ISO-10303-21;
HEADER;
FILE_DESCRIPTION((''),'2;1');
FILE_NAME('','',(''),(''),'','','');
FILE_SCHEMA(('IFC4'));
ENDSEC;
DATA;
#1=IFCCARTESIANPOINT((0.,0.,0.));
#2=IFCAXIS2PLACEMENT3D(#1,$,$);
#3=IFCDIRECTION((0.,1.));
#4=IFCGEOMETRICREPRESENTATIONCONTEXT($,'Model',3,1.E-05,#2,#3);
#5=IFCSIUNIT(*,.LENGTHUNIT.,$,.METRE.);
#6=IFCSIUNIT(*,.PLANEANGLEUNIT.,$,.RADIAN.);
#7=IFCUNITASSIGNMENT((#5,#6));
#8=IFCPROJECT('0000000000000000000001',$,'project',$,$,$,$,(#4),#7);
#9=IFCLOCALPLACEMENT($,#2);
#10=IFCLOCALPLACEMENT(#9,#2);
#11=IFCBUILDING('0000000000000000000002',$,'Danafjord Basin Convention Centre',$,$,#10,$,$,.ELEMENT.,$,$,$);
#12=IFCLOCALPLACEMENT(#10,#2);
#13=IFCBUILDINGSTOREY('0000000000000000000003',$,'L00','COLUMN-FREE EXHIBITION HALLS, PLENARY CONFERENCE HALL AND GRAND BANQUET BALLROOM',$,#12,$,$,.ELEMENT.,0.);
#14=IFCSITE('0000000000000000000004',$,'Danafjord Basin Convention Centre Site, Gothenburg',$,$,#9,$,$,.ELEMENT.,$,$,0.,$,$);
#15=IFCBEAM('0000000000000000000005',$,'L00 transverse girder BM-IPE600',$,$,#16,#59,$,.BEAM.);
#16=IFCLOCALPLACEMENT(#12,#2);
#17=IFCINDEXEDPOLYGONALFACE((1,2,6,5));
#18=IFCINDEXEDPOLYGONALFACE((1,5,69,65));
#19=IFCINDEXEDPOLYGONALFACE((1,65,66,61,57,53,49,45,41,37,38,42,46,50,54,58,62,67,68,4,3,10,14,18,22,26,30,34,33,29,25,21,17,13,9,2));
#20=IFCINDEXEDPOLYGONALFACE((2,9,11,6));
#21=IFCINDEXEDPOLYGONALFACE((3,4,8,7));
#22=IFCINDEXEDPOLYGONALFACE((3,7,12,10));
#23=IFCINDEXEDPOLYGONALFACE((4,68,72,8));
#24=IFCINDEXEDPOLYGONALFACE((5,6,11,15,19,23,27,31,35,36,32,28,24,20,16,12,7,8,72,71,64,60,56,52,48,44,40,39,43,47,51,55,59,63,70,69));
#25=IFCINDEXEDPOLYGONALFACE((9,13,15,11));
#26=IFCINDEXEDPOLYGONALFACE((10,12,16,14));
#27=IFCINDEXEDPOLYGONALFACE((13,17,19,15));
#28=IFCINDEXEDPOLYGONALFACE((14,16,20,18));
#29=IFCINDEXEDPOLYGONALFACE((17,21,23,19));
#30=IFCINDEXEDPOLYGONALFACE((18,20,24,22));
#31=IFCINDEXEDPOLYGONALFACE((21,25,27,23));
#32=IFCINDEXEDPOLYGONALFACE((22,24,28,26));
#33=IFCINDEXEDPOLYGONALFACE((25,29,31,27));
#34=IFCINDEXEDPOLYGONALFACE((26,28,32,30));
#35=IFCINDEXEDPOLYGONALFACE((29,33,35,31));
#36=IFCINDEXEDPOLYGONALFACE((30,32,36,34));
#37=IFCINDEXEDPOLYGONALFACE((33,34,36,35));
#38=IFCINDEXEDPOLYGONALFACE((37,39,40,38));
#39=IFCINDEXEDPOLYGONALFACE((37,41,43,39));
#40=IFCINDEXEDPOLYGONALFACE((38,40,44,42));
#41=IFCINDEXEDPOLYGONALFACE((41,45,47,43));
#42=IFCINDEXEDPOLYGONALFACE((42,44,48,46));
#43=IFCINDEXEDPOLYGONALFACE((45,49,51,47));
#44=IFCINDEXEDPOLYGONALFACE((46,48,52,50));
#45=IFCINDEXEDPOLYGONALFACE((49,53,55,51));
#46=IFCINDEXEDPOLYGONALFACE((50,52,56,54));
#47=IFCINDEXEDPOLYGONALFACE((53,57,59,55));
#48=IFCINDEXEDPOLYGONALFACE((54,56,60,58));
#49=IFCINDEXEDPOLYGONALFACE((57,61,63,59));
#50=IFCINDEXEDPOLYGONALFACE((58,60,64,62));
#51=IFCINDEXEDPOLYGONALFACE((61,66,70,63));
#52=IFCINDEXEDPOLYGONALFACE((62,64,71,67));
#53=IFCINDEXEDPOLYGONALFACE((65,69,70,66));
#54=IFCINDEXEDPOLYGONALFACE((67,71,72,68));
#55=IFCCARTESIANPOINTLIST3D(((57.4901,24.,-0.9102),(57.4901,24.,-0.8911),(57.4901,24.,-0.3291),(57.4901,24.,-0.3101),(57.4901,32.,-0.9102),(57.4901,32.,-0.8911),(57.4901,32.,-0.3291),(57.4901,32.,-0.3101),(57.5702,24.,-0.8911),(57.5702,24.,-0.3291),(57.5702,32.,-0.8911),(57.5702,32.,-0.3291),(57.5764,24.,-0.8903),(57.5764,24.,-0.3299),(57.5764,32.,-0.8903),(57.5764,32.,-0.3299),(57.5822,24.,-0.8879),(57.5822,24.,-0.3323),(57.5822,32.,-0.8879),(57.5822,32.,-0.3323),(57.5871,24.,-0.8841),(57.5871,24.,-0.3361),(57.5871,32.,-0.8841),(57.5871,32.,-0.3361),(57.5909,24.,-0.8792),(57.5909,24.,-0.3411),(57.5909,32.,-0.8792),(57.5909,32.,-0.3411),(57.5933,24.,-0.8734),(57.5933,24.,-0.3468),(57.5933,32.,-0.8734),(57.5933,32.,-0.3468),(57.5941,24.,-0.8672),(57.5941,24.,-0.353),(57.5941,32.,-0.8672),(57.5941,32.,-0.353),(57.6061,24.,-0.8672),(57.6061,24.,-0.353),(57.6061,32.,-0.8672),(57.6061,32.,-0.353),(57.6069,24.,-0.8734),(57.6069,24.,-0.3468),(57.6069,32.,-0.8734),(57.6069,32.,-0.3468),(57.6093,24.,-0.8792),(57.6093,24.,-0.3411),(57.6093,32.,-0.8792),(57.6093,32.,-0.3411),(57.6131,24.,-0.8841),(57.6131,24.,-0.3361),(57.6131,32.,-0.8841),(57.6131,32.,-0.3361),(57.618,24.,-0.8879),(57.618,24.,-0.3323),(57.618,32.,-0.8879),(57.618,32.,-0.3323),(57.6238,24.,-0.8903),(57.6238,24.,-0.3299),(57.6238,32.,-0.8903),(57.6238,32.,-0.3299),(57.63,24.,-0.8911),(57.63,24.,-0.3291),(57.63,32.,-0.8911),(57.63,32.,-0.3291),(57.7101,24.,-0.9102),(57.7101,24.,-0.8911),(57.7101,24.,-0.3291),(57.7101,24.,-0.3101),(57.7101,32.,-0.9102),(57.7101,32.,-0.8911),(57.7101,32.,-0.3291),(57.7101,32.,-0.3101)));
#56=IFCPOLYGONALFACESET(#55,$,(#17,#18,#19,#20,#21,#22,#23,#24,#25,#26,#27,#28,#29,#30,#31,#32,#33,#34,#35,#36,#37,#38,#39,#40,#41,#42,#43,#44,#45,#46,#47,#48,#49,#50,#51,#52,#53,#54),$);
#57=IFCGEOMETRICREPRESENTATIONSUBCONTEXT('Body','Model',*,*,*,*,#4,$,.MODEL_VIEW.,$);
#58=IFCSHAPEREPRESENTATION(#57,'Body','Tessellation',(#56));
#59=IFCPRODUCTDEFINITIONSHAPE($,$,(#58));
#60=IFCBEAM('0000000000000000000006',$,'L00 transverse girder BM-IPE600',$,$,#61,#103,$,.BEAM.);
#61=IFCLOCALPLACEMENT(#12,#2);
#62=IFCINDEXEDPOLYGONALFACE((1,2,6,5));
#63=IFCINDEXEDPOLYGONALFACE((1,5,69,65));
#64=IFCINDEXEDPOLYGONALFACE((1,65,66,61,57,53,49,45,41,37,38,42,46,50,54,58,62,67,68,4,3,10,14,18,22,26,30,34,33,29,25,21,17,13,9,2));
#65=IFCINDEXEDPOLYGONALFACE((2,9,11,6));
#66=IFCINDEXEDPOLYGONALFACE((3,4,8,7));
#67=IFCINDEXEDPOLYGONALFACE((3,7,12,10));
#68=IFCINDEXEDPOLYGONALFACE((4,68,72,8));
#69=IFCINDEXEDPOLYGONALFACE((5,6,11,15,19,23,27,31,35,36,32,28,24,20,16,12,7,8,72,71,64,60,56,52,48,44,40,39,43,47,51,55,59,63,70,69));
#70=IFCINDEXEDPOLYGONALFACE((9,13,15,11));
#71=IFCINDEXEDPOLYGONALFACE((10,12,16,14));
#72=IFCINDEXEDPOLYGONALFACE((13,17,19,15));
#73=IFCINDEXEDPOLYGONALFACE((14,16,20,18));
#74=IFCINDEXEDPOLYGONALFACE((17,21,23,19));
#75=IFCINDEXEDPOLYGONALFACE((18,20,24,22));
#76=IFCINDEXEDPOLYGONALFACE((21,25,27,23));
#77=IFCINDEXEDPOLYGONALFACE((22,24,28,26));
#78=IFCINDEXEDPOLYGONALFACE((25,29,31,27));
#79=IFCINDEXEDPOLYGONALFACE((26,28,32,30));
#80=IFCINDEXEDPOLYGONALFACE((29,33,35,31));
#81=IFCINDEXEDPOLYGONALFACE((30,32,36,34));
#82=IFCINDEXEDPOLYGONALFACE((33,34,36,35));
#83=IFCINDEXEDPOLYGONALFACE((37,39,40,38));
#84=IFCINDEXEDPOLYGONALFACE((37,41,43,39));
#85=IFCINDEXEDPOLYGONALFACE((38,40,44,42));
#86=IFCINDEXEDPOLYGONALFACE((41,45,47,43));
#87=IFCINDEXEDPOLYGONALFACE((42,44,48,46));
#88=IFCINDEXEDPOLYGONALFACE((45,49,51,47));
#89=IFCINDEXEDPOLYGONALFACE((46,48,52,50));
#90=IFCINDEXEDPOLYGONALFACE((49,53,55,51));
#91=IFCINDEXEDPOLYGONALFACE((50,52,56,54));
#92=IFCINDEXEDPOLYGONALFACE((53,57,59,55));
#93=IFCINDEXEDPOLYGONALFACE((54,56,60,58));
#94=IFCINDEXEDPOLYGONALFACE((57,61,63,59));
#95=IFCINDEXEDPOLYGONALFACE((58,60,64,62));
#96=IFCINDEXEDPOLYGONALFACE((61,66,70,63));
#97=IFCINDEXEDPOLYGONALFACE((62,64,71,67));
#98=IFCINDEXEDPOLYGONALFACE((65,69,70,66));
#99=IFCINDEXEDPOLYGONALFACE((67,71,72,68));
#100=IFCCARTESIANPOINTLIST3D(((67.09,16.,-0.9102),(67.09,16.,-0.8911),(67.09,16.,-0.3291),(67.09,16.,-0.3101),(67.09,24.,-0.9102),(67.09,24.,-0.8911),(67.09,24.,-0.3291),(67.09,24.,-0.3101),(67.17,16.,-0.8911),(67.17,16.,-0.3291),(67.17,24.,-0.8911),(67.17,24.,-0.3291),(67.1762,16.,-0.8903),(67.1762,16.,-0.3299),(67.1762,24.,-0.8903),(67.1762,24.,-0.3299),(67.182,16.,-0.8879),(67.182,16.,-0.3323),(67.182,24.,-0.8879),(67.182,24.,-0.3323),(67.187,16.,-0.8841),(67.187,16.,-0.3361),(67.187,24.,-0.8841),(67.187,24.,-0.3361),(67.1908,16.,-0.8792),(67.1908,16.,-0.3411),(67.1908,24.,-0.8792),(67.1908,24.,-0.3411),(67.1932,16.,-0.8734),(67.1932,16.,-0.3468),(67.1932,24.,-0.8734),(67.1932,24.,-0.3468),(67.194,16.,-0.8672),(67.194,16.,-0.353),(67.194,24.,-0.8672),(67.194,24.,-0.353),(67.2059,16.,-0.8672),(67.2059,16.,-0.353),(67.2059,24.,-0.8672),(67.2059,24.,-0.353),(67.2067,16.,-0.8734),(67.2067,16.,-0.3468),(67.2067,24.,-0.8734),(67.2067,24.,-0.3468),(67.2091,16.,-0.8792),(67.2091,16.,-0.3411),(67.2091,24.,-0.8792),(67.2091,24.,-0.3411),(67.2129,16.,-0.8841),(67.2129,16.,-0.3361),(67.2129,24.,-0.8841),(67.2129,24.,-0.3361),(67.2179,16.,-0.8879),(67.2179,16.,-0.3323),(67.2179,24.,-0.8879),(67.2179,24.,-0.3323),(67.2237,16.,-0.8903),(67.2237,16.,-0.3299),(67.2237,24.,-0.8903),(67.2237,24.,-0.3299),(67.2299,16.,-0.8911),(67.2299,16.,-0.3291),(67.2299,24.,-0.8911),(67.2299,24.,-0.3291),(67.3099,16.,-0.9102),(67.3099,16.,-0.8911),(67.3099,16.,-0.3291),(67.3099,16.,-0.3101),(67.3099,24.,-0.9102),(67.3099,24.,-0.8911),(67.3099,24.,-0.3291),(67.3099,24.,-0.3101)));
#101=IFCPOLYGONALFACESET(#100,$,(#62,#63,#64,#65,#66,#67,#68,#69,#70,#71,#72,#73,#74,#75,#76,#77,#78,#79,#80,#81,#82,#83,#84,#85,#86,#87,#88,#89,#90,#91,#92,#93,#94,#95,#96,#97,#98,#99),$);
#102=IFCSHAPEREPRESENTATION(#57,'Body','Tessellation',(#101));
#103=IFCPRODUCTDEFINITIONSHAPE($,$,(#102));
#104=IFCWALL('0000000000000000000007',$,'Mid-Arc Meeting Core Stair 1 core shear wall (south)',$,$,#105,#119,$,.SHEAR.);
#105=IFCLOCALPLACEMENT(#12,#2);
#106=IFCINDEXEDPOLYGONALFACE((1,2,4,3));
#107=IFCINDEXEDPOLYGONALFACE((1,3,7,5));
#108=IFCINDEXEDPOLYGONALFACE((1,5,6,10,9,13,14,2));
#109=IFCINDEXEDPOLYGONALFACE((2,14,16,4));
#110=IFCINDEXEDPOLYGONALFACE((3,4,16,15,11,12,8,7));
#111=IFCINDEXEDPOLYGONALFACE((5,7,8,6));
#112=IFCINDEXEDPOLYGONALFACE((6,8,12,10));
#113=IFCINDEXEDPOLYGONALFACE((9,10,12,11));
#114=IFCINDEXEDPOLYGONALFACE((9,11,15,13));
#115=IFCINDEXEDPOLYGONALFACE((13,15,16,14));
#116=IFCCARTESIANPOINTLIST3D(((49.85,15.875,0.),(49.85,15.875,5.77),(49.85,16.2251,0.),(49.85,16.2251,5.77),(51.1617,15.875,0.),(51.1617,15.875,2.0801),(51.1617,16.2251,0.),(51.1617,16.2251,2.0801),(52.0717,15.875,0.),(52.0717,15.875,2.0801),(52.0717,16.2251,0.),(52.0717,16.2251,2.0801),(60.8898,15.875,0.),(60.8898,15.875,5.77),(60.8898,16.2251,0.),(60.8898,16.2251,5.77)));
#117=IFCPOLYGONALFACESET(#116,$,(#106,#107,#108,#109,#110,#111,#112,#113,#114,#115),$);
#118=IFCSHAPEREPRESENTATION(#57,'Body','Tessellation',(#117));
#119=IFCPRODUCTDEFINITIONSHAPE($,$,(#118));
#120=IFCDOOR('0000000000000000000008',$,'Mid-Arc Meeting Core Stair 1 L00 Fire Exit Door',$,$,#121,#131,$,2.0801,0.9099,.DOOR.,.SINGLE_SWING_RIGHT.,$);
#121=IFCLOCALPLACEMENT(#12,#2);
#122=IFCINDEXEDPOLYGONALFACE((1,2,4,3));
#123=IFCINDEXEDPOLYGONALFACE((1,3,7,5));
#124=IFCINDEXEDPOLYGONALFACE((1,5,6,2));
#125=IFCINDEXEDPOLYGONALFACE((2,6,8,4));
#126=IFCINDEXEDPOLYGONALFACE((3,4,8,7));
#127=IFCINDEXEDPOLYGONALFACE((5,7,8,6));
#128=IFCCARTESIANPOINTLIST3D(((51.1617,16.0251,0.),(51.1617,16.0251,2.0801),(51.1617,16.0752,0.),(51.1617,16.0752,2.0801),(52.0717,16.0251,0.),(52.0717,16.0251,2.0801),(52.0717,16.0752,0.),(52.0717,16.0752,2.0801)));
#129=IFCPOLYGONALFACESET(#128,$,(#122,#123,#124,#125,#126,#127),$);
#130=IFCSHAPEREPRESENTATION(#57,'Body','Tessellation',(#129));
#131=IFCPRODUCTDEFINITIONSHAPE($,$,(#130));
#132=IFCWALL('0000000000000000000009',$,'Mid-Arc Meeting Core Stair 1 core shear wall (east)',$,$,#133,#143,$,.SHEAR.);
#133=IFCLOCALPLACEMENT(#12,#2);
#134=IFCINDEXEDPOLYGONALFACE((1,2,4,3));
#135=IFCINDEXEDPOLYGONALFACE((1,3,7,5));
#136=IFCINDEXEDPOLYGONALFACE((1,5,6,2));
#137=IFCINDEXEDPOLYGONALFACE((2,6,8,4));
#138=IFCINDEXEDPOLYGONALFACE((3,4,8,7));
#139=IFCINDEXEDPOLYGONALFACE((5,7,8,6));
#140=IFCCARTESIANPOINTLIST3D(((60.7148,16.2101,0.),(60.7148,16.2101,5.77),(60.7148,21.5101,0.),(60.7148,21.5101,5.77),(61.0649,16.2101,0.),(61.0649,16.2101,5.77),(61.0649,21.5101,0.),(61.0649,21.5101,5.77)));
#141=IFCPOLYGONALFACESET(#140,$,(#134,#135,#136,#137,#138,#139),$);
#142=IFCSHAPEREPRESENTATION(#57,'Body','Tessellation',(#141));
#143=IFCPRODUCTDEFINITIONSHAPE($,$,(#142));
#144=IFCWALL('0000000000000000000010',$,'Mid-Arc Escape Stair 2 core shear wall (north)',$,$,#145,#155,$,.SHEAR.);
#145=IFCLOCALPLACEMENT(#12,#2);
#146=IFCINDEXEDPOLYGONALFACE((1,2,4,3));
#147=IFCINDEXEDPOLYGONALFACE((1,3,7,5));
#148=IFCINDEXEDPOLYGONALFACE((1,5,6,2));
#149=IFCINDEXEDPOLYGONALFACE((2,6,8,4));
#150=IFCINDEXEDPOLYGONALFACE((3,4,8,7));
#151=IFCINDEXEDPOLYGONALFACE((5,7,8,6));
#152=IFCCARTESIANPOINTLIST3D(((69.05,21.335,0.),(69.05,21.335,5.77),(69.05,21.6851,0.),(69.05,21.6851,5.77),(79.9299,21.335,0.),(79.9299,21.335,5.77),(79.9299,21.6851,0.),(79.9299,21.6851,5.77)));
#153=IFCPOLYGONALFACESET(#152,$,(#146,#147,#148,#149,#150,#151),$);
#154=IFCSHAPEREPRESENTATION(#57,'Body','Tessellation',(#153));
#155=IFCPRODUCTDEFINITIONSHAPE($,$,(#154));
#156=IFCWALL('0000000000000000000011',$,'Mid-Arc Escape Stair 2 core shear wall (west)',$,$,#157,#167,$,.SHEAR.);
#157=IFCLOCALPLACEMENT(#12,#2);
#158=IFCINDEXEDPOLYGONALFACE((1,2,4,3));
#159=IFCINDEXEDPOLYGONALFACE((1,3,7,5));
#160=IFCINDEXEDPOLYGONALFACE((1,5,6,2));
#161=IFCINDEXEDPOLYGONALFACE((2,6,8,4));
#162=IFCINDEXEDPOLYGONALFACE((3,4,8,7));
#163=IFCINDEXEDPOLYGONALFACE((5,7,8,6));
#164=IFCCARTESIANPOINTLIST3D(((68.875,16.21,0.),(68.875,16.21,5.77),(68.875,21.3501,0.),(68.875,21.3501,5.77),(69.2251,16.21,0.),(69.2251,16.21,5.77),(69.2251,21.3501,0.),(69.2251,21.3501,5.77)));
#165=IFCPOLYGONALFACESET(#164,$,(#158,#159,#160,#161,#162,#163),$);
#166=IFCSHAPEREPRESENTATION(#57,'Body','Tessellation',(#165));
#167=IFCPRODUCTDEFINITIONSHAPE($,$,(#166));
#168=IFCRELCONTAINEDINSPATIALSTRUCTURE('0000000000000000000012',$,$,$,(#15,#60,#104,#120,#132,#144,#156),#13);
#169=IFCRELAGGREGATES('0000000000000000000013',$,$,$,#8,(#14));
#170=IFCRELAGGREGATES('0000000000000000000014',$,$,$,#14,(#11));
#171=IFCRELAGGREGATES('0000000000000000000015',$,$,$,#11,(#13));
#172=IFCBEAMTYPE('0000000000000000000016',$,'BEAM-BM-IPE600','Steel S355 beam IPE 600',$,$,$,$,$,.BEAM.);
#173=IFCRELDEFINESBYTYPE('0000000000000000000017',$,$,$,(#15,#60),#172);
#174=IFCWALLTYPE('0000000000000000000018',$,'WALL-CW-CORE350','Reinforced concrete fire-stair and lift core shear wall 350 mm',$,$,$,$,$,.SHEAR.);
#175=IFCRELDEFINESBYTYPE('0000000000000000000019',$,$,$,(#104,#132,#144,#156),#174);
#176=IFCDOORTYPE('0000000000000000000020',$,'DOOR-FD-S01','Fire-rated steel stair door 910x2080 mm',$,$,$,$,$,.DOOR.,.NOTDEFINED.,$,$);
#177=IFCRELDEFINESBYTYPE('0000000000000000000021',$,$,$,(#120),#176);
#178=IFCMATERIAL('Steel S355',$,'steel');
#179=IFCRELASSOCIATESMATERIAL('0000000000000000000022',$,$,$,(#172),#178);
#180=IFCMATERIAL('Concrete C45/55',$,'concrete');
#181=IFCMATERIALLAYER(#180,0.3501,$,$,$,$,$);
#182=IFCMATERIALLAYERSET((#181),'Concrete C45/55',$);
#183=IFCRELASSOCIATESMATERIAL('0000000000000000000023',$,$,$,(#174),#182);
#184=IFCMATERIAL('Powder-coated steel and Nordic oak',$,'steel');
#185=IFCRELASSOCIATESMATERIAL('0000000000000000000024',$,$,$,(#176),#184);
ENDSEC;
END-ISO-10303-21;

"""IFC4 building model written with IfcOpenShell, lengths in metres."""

from ifc_helpers import new_model, si_unit, direction, frame, frame_2d, origin, origin_2d, place, context, subcontext, project, spatial, rectangle, i_section, extrude, material, layer, layer_set, material_profile, profile_set, type_object, element, fill, save


model = new_model("IFC4")

# Units and contexts
model_context = context("Model", 3, precision=1e-05, world=origin(), true_north=direction((0.0, 1.0)))
body_context = subcontext(model_context, "Body", "Model", "MODEL_VIEW")
ifc_project = project(units=[si_unit("LENGTHUNIT", "METRE"), si_unit("PLANEANGLEUNIT", "RADIAN")], contexts=[model_context])

# Site, building, storey
site_placement = place(None, origin())
site = spatial("IfcSite", under=ifc_project, at=site_placement, Name="Danafjord Basin Convention Centre Site, Gothenburg", CompositionType="ELEMENT", RefElevation=0.0)
building_placement = place(site_placement, origin())
building = spatial("IfcBuilding", under=site, at=building_placement, Name="Danafjord Basin Convention Centre", CompositionType="ELEMENT")
storey_placement = place(building_placement, origin())
storey = spatial("IfcBuildingStorey", under=building, at=storey_placement, Name="L00", Description="COLUMN-FREE EXHIBITION HALLS, PLENARY CONFERENCE HALL AND GRAND BANQUET BALLROOM", CompositionType="ELEMENT", Elevation=0.0)

# Shared definitions
ifc_material_1 = material(Name="Steel S355", Category="steel")

# Beams
ifc_material_profile_1 = material_profile(ifc_material_1, i_section(OverallWidth=0.22, OverallDepth=0.6001, WebThickness=0.012, FlangeThickness=0.019, FilletRadius=0.0239, at=origin_2d()), Name="IPE 600")
ifc_profile_set_1 = profile_set([ifc_material_profile_1], Name="Steel S355")
beam_type_1 = type_object("IfcBeamType", Name="BEAM-BM-IPE600", Description="Steel S355 beam IPE 600", PredefinedType="BEAM", material=ifc_profile_set_1)
for number, where, z_axis, x_axis, name in (
    (1, (57.6001, 24.0, -0.6101), (0.0, 1.0, 0.0), (-1.0, 0.0, 0.0), "L00 transverse girder BM-IPE600"),
    (2, (67.2, 16.0, -0.6101), (0.0, 1.0, 0.0), (-1.0, 0.0, 0.0), "L00 transverse girder BM-IPE600"),
):
    element("IfcBeam", number, at=place(storey_placement, frame(where, z_axis=z_axis, x_axis=x_axis)), inside=storey, type_object=beam_type_1, Name=name, PredefinedType="BEAM", context=body_context, shape_type="SweptSolid", body=[
        extrude(i_section(OverallWidth=0.22, OverallDepth=0.6001, WebThickness=0.012, FlangeThickness=0.019, FilletRadius=0.0239, at=origin_2d()), origin(), (0.0, 0.0, 1.0), 8.0),
    ])

# Wall, opening, door
ifc_material_2 = material(Name="Concrete C45/55", Category="concrete")
ifc_layer = layer(ifc_material_2, 0.3501)
ifc_layer_set = layer_set([ifc_layer], Name="Concrete C45/55")
wall_type = type_object("IfcWallType", Name="WALL-CW-CORE350", Description="Reinforced concrete fire-stair and lift core shear wall 350 mm", PredefinedType="SHEAR", material=ifc_layer_set)
wall_1_placement = place(storey_placement, frame((60.8899, 16.05, 0.0), z_axis=(0.0, 0.0, 1.0), x_axis=(-1.0, 0.0, 0.0)))
wall_1 = element("IfcWall", 3, at=wall_1_placement, inside=storey, type_object=wall_type, Name="Mid-Arc Meeting Core Stair 1 core shear wall (south)", PredefinedType="SHEAR", context=body_context, shape_type="SweptSolid", body=[
    extrude(rectangle(XDim=11.0398, YDim=0.3501, at=frame_2d((5.52, 0.0))), origin(), (0.0, 0.0, 1.0), 5.77),
])
opening_placement = place(wall_1_placement, frame((8.8181, 0.0, 0.0)))
opening = element("IfcOpeningElement", 4, at=opening_placement, cuts=wall_1, PredefinedType="OPENING", context=body_context, shape_type="SweptSolid", body=[
    extrude(rectangle(XDim=0.9099, YDim=2.0801, at=frame_2d((0.4551, 1.04))), frame((0.0, 0.1851, 0.0), z_axis=(0.0, -1.0, 0.0), x_axis=(1.0, 0.0, 0.0)), (0.0, 0.0, 1.0), 0.3701),
])
ifc_material_3 = material(Name="Powder-coated steel and Nordic oak", Category="steel")
door_type = type_object("IfcDoorType", Name="DOOR-FD-S01", Description="Fire-rated steel stair door 910x2080 mm", OperationType="NOTDEFINED", PredefinedType="DOOR", material=ifc_material_3)
door_placement = place(opening_placement, origin())
door = element("IfcDoor", 5, at=door_placement, inside=storey, type_object=door_type, Name="Mid-Arc Meeting Core Stair 1 L00 Fire Exit Door", OperationType="SINGLE_SWING_RIGHT", OverallHeight=2.0801, OverallWidth=0.9099, PredefinedType="DOOR", context=body_context, shape_type="SweptSolid", body=[
    extrude(rectangle(XDim=0.9099, YDim=2.0801, at=frame_2d((0.4551, 1.04))), frame((0.0, 0.0249, 0.0), z_axis=(0.0, -1.0, 0.0), x_axis=(1.0, 0.0, 0.0)), (0.0, 0.0, 1.0), 0.05),
])
fill(opening, door)

# Walls
wall_2_placement = place(storey_placement, frame((60.8899, 21.51, 0.0), z_axis=(0.0, 0.0, 1.0), x_axis=(0.0, -1.0, 0.0)))
element("IfcWall", 6, at=wall_2_placement, inside=storey, type_object=wall_type, Name="Mid-Arc Meeting Core Stair 1 core shear wall (east)", PredefinedType="SHEAR", context=body_context, shape_type="SweptSolid", body=[
    extrude(rectangle(XDim=5.3, YDim=0.3501, at=frame_2d((2.6499, 0.0))), origin(), (0.0, 0.0, 1.0), 5.77),
])
wall_3_placement = place(storey_placement, frame((69.05, 21.51, 0.0), z_axis=(0.0, 0.0, 1.0), x_axis=(1.0, 0.0, 0.0)))
element("IfcWall", 7, at=wall_3_placement, inside=storey, type_object=wall_type, Name="Mid-Arc Escape Stair 2 core shear wall (north)", PredefinedType="SHEAR", context=body_context, shape_type="SweptSolid", body=[
    extrude(rectangle(XDim=10.8799, YDim=0.3501, at=frame_2d((5.4399, 0.0))), origin(), (0.0, 0.0, 1.0), 5.77),
])
wall_4_placement = place(storey_placement, frame((69.05, 16.21, 0.0), z_axis=(0.0, 0.0, 1.0), x_axis=(0.0, 1.0, 0.0)))
element("IfcWall", 8, at=wall_4_placement, inside=storey, type_object=wall_type, Name="Mid-Arc Escape Stair 2 core shear wall (west)", PredefinedType="SHEAR", context=body_context, shape_type="SweptSolid", body=[
    extrude(rectangle(XDim=5.1401, YDim=0.3501, at=frame_2d((2.5701, 0.0))), origin(), (0.0, 0.0, 1.0), 5.77),
])

save(model, "model.ifc")
